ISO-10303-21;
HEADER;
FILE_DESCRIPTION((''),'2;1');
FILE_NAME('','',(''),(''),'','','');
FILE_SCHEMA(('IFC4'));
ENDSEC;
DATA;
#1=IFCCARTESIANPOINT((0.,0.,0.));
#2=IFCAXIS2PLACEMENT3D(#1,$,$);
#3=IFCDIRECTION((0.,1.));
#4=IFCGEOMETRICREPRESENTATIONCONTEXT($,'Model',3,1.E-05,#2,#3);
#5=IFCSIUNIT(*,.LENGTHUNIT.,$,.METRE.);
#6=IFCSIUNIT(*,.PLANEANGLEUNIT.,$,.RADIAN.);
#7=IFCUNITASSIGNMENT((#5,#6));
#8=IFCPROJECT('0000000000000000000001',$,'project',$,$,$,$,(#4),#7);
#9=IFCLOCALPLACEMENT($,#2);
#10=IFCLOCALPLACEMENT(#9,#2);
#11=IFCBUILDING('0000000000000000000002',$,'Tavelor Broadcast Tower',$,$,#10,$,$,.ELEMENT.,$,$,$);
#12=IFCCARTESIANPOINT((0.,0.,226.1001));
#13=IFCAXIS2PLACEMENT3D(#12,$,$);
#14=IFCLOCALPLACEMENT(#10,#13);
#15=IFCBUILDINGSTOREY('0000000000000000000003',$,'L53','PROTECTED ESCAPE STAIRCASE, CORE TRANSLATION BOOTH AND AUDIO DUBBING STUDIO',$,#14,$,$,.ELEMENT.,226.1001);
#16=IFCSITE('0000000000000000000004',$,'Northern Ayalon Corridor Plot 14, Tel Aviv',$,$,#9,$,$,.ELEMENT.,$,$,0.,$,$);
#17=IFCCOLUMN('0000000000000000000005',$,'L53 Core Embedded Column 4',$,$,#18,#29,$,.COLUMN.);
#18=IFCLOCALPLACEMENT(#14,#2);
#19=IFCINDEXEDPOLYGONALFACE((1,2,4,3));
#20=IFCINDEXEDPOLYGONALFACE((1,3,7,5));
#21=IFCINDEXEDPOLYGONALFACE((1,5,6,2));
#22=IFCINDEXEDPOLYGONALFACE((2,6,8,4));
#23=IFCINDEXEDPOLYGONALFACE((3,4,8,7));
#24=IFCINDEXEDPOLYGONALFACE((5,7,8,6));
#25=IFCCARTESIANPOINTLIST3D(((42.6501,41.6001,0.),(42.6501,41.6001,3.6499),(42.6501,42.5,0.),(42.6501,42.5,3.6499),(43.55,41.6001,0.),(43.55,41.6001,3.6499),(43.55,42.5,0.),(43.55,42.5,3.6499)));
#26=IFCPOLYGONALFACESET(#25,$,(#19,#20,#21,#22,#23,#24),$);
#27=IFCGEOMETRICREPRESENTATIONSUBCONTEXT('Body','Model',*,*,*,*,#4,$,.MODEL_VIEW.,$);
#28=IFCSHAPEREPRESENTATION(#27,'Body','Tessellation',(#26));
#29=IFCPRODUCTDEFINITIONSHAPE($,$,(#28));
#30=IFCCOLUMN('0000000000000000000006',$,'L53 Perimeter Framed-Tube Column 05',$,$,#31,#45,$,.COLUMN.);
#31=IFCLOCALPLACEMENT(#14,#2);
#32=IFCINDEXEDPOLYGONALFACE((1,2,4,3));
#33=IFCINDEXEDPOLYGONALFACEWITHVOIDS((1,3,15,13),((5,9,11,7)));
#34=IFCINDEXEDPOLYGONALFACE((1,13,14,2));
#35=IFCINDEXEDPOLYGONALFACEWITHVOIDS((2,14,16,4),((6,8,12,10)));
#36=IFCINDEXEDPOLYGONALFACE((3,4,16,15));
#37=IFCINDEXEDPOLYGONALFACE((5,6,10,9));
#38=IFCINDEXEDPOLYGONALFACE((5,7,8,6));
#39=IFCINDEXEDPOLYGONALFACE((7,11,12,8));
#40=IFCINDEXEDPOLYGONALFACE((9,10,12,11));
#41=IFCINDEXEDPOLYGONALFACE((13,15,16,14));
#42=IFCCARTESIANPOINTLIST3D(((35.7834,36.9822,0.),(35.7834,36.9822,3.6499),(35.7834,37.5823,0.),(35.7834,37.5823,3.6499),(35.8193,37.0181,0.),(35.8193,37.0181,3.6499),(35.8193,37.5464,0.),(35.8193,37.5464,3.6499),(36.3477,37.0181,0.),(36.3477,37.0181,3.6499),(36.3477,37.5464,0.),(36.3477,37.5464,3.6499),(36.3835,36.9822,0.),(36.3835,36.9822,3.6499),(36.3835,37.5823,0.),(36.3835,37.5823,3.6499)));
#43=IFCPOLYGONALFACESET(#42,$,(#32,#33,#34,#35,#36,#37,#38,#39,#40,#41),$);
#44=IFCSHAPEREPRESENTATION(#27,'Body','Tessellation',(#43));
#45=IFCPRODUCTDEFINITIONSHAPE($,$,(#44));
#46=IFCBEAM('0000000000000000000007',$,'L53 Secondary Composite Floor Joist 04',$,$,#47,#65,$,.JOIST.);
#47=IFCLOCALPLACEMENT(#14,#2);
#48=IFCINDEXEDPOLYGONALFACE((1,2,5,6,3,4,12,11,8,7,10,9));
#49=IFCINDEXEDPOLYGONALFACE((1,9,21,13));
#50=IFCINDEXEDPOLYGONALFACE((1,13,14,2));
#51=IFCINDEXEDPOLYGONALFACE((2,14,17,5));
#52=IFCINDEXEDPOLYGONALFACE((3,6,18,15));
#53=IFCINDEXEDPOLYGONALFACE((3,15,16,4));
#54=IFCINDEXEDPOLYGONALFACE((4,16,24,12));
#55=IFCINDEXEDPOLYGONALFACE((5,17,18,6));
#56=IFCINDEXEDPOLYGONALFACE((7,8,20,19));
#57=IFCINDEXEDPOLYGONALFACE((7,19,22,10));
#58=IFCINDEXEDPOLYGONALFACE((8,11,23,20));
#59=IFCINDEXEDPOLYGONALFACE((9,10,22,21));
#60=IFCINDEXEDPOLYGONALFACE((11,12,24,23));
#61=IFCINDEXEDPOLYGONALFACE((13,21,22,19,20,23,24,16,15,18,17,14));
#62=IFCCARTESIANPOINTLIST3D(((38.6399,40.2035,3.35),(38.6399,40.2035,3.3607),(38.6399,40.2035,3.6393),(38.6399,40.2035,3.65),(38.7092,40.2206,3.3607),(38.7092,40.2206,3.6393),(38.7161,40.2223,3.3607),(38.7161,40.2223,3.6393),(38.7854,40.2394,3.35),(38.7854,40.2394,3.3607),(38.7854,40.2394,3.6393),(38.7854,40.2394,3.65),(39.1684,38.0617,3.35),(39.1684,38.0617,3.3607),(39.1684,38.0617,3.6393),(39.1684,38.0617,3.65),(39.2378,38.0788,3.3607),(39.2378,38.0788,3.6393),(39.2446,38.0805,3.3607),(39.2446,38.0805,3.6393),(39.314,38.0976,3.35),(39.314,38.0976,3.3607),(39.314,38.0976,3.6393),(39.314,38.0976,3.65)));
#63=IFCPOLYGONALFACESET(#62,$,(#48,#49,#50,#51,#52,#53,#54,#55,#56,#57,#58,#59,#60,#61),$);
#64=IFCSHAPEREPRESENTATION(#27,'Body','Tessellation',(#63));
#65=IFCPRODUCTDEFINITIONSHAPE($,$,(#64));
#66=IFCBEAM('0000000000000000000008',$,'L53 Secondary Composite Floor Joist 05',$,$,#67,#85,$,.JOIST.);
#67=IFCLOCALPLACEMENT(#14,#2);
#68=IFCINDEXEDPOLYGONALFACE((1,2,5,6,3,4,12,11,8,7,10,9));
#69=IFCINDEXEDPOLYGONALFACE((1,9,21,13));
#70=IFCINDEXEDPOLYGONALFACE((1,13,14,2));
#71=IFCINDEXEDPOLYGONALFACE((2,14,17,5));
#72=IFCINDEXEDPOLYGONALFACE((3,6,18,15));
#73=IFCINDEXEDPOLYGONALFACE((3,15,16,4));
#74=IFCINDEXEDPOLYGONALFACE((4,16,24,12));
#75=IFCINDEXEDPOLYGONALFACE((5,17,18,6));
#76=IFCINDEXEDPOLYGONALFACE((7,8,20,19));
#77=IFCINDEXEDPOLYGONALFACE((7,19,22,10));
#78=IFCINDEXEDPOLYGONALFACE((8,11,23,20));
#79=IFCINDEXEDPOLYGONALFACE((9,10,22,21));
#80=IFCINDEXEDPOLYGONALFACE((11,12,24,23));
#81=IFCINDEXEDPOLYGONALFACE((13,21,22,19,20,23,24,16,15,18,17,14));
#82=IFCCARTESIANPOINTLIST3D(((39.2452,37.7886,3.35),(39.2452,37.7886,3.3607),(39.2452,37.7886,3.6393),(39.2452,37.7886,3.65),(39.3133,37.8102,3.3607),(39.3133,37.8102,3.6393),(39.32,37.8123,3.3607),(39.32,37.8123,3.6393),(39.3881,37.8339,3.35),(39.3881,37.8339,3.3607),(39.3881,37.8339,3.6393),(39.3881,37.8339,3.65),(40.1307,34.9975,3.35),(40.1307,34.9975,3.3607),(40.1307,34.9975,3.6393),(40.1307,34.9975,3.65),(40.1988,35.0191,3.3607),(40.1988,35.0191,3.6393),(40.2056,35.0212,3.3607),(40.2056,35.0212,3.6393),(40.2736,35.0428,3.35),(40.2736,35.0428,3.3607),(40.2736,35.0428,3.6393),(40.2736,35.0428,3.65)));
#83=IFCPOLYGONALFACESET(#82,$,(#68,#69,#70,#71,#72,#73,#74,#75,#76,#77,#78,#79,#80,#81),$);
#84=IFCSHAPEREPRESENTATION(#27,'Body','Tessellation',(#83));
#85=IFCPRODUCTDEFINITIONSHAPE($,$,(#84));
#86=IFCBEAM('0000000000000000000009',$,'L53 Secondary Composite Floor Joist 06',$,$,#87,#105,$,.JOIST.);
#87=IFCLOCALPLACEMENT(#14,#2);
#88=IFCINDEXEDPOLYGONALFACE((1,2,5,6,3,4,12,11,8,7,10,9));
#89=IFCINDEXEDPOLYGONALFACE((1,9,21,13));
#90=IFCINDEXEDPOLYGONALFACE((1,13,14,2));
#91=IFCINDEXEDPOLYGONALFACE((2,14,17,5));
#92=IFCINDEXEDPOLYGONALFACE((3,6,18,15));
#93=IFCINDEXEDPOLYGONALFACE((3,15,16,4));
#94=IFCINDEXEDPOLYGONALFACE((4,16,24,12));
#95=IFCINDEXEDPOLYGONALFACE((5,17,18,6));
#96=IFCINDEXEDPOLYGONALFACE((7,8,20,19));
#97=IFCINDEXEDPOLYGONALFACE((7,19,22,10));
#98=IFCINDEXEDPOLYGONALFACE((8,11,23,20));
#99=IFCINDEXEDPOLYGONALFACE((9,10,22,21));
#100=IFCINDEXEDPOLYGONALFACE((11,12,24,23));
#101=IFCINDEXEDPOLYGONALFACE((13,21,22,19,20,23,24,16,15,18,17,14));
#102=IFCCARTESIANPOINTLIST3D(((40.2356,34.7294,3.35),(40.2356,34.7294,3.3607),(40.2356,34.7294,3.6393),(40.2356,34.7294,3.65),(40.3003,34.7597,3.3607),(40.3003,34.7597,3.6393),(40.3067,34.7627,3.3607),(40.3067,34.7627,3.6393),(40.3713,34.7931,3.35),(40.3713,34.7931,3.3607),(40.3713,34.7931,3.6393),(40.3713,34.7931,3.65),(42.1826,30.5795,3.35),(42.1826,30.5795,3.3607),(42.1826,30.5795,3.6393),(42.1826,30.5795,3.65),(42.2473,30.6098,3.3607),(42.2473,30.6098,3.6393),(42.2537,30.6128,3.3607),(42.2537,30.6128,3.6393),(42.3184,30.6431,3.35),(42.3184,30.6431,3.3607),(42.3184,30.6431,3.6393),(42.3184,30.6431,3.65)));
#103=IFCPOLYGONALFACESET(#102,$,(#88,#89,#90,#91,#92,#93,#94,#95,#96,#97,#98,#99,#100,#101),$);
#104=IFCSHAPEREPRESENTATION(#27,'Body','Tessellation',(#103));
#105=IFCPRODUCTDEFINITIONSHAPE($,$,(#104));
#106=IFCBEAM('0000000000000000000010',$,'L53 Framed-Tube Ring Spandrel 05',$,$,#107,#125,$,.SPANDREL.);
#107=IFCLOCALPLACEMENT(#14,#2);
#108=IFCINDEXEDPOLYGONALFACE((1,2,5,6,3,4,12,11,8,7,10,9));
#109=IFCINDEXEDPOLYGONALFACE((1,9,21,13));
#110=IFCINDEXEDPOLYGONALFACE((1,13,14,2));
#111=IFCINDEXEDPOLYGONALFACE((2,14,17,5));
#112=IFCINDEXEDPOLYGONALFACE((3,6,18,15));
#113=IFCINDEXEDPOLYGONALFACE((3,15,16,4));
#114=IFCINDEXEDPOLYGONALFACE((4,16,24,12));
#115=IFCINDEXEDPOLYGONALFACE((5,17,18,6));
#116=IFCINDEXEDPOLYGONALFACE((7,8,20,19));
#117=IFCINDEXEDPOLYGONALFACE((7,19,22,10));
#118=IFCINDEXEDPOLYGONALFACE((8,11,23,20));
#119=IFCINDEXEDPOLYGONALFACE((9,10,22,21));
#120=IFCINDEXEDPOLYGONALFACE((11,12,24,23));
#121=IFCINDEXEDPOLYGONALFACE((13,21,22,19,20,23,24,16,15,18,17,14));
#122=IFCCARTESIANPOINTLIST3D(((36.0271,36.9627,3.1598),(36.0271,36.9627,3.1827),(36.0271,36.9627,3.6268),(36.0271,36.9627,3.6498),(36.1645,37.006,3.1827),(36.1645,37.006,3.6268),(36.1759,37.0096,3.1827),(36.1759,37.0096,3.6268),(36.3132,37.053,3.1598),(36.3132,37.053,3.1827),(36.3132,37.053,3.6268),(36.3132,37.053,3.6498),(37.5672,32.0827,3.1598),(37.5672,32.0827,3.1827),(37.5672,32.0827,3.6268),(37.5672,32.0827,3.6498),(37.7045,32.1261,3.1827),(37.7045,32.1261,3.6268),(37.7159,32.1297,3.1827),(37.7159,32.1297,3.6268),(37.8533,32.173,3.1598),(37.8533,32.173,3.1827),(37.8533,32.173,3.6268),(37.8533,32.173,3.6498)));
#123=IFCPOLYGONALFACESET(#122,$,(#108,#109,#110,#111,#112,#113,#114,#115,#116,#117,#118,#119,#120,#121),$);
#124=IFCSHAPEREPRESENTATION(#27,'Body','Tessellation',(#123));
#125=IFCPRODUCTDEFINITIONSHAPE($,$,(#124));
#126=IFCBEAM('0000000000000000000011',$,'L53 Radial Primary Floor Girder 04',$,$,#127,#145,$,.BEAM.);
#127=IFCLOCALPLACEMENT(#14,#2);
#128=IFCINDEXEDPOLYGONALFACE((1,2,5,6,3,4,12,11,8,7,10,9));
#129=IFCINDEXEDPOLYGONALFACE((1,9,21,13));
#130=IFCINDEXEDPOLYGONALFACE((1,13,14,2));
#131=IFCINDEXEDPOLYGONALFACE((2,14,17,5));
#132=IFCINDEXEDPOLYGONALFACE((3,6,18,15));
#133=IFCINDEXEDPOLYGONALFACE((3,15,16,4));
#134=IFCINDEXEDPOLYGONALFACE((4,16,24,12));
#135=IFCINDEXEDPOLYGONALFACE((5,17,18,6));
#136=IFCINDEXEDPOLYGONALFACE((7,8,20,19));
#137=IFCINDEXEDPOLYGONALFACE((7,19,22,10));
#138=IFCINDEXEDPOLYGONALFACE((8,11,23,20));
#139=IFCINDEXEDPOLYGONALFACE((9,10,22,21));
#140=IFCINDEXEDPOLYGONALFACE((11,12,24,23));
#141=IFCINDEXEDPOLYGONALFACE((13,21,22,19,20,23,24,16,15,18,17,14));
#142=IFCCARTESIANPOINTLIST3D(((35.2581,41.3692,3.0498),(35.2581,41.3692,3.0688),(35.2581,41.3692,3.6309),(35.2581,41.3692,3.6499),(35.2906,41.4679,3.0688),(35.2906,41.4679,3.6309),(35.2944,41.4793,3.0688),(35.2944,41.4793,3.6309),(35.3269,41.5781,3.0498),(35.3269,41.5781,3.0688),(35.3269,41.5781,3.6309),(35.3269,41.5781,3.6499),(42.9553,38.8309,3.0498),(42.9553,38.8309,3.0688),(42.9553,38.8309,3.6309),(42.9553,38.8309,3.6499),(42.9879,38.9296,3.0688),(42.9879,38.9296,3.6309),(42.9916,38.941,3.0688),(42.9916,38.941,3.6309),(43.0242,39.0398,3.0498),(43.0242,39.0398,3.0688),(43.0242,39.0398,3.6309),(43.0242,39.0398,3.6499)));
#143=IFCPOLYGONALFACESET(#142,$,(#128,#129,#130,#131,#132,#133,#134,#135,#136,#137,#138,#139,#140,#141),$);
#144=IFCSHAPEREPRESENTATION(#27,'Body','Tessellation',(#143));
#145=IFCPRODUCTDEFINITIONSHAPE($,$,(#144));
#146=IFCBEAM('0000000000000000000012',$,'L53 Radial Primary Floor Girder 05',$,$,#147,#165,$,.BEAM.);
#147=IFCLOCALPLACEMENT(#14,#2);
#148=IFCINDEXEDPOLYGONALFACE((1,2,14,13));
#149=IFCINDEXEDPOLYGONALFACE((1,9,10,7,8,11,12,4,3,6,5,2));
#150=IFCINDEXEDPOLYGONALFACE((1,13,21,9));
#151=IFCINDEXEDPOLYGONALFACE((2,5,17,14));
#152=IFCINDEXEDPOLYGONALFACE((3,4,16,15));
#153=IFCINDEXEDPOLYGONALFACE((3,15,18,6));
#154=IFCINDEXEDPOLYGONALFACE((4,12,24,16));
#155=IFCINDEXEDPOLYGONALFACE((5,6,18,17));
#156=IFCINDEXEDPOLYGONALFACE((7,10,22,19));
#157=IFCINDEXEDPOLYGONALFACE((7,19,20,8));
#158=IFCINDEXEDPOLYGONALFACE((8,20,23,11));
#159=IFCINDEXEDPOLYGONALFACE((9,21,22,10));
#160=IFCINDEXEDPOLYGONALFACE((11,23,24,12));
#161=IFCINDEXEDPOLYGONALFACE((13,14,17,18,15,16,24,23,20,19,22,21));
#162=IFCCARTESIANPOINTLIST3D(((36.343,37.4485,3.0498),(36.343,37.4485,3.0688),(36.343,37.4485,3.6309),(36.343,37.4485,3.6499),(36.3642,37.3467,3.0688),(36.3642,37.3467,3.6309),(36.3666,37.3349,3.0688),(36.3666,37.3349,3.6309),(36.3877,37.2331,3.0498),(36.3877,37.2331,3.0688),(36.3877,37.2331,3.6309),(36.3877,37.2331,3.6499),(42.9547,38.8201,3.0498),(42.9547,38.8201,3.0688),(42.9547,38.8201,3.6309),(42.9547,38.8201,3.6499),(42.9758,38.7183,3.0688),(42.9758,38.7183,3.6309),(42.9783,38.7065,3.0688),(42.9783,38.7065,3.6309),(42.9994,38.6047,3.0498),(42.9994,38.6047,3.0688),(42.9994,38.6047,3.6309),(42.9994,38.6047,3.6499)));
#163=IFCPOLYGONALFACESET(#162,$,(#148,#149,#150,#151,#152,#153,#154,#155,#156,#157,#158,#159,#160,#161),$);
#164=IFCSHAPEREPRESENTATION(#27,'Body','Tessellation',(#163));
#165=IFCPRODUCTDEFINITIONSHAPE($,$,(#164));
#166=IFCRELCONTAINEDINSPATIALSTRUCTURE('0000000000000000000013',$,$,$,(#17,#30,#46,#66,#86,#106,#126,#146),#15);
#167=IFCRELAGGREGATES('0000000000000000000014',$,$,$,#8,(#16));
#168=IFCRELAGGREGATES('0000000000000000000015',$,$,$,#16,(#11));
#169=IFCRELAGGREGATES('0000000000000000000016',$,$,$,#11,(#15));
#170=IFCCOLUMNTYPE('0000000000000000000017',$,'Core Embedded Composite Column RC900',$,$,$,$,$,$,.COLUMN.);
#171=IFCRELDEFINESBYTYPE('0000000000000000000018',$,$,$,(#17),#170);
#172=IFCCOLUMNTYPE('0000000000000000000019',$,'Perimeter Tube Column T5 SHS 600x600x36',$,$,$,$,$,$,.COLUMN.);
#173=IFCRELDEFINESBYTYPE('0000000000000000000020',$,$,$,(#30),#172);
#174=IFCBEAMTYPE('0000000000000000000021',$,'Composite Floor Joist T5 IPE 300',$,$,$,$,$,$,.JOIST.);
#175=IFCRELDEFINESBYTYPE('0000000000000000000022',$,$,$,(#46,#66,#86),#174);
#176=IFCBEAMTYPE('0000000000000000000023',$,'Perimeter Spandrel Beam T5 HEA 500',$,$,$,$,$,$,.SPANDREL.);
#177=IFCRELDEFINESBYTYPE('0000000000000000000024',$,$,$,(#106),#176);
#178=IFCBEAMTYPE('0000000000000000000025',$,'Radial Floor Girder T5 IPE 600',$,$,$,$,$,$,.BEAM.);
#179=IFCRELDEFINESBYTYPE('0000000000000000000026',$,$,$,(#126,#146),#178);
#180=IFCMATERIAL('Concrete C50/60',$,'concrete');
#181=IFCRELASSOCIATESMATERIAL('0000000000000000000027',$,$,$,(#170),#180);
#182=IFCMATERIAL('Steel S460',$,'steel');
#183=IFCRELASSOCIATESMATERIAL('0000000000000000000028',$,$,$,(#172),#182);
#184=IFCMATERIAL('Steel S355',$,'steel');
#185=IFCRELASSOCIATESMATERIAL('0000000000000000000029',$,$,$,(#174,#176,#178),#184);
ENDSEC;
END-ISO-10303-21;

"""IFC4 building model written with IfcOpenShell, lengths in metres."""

from ifc_helpers import new_model, si_unit, direction, frame, origin, origin_2d, place, context, subcontext, project, spatial, rectangle, hollow_rectangle, i_section, extrude, material, material_profile, profile_set, type_object, element, save


model = new_model("IFC4")

# Units and contexts
model_context = context("Model", 3, precision=1e-05, world=origin(), true_north=direction((0.0, 1.0)))
body_context = subcontext(model_context, "Body", "Model", "MODEL_VIEW")
ifc_project = project(units=[si_unit("LENGTHUNIT", "METRE"), si_unit("PLANEANGLEUNIT", "RADIAN")], contexts=[model_context])

# Site, building, storey
site_placement = place(None, origin())
site = spatial("IfcSite", under=ifc_project, at=site_placement, Name="Northern Ayalon Corridor Plot 14, Tel Aviv", CompositionType="ELEMENT", RefElevation=0.0)
building_placement = place(site_placement, origin())
building = spatial("IfcBuilding", under=site, at=building_placement, Name="Tavelor Broadcast Tower", CompositionType="ELEMENT")
storey_placement = place(building_placement, frame((0.0, 0.0, 226.1001)))
storey = spatial("IfcBuildingStorey", under=building, at=storey_placement, Name="L53", Description="PROTECTED ESCAPE STAIRCASE, CORE TRANSLATION BOOTH AND AUDIO DUBBING STUDIO", CompositionType="ELEMENT", Elevation=226.1001)

# Columns
ifc_material_1 = material(Name="Concrete C50/60", Category="concrete")
ifc_material_profile_1 = material_profile(ifc_material_1, rectangle(XDim=0.8999, YDim=0.8999, at=origin_2d()), Name="RC 900x900")
ifc_profile_set_1 = profile_set([ifc_material_profile_1], Name="Concrete C50/60")
column_type_1 = type_object("IfcColumnType", Name="Core Embedded Composite Column RC900", PredefinedType="COLUMN", material=ifc_profile_set_1)
column_1_placement = place(storey_placement, frame((43.1001, 42.05, 0.0), z_axis=(0.0, 0.0, 1.0), x_axis=(1.0, 0.0, 0.0)))
element("IfcColumn", 1, at=column_1_placement, inside=storey, type_object=column_type_1, Name="L53 Core Embedded Column 4", PredefinedType="COLUMN", context=body_context, shape_type="SweptSolid", body=[
    extrude(rectangle(XDim=0.8999, YDim=0.8999, at=origin_2d()), origin(), (0.0, 0.0, 1.0), 3.6499),
])
ifc_material_2 = material(Name="Steel S460", Category="steel")
ifc_material_profile_2 = material_profile(ifc_material_2, hollow_rectangle(XDim=0.6001, YDim=0.6001, WallThickness=0.0359, at=origin_2d()), Name="SHS 600x600x36")
ifc_profile_set_2 = profile_set([ifc_material_profile_2], Name="Steel S460")
column_type_2 = type_object("IfcColumnType", Name="Perimeter Tube Column T5 SHS 600x600x36", PredefinedType="COLUMN", material=ifc_profile_set_2)
column_2_placement = place(storey_placement, frame((36.0835, 37.2822, 0.0), z_axis=(0.0, 0.0, 1.0), x_axis=(1.0, 0.0, 0.0)))
element("IfcColumn", 2, at=column_2_placement, inside=storey, type_object=column_type_2, Name="L53 Perimeter Framed-Tube Column 05", PredefinedType="COLUMN", context=body_context, shape_type="SweptSolid", body=[
    extrude(hollow_rectangle(XDim=0.6001, YDim=0.6001, WallThickness=0.0359, at=origin_2d()), origin(), (0.0, 0.0, 1.0), 3.6499),
])

# Beams
ifc_material_3 = material(Name="Steel S355", Category="steel")
ifc_material_profile_3 = material_profile(ifc_material_3, i_section(OverallWidth=0.1499, OverallDepth=0.3, WebThickness=0.0071, FlangeThickness=0.0107, at=origin_2d()), Name="IPE 300")
ifc_profile_set_3 = profile_set([ifc_material_profile_3], Name="Steel S355")
beam_type_1 = type_object("IfcBeamType", Name="Composite Floor Joist T5 IPE 300", PredefinedType="JOIST", material=ifc_profile_set_3)
beam_1_placement = place(storey_placement, frame((38.7126, 40.2214, 3.5), z_axis=(0.239592, -0.970874, 0.0), x_axis=(0.970874, 0.239592, 0.0)))
element("IfcBeam", 3, at=beam_1_placement, inside=storey, type_object=beam_type_1, Name="L53 Secondary Composite Floor Joist 04", PredefinedType="JOIST", context=body_context, shape_type="SweptSolid", body=[
    extrude(i_section(OverallWidth=0.1499, OverallDepth=0.3, WebThickness=0.0071, FlangeThickness=0.0107, at=origin_2d()), origin(), (0.0, 0.0, 1.0), 2.2061),
])
beam_2_placement = place(storey_placement, frame((39.3167, 37.8113, 3.5), z_axis=(0.302412, -0.953177, 0.0), x_axis=(0.953177, 0.302412, 0.0)))
element("IfcBeam", 4, at=beam_2_placement, inside=storey, type_object=beam_type_1, Name="L53 Secondary Composite Floor Joist 05", PredefinedType="JOIST", context=body_context, shape_type="SweptSolid", body=[
    extrude(i_section(OverallWidth=0.1499, OverallDepth=0.3, WebThickness=0.0071, FlangeThickness=0.0107, at=origin_2d()), origin(), (0.0, 0.0, 1.0), 2.9282),
])
beam_3_placement = place(storey_placement, frame((40.3035, 34.7612, 3.5), z_axis=(0.424748, -0.905312, 0.0), x_axis=(0.905312, 0.424748, 0.0)))
element("IfcBeam", 5, at=beam_3_placement, inside=storey, type_object=beam_type_1, Name="L53 Secondary Composite Floor Joist 06", PredefinedType="JOIST", context=body_context, shape_type="SweptSolid", body=[
    extrude(i_section(OverallWidth=0.1499, OverallDepth=0.3, WebThickness=0.0071, FlangeThickness=0.0107, at=origin_2d()), origin(), (0.0, 0.0, 1.0), 4.584),
])
ifc_material_profile_4 = material_profile(ifc_material_3, i_section(OverallWidth=0.3, OverallDepth=0.49, WebThickness=0.012, FlangeThickness=0.0229, at=origin_2d()), Name="HEA 500")
ifc_profile_set_4 = profile_set([ifc_material_profile_4], Name="Steel S355")
beam_type_2 = type_object("IfcBeamType", Name="Perimeter Spandrel Beam T5 HEA 500", PredefinedType="SPANDREL", material=ifc_profile_set_4)
beam_4_placement = place(storey_placement, frame((36.1702, 37.0078, 3.4048), z_axis=(0.300958, -0.953637, 0.0), x_axis=(0.953637, 0.300958, 0.0)))
element("IfcBeam", 6, at=beam_4_placement, inside=storey, type_object=beam_type_2, Name="L53 Framed-Tube Ring Spandrel 05", PredefinedType="SPANDREL", context=body_context, shape_type="SweptSolid", body=[
    extrude(i_section(OverallWidth=0.3, OverallDepth=0.49, WebThickness=0.012, FlangeThickness=0.0229, at=origin_2d()), origin(), (0.0, 0.0, 1.0), 5.1172),
])
ifc_material_profile_5 = material_profile(ifc_material_3, i_section(OverallWidth=0.22, OverallDepth=0.6001, WebThickness=0.012, FlangeThickness=0.019, at=origin_2d()), Name="IPE 600")
ifc_profile_set_5 = profile_set([ifc_material_profile_5], Name="Steel S355")
beam_type_3 = type_object("IfcBeamType", Name="Radial Floor Girder T5 IPE 600", PredefinedType="BEAM", material=ifc_profile_set_5)
beam_5_placement = place(storey_placement, frame((42.9897, 38.9353, 3.3499), z_axis=(-0.949694, 0.313181, 0.0), x_axis=(-0.313181, -0.949694, 0.0)))
element("IfcBeam", 7, at=beam_5_placement, inside=storey, type_object=beam_type_3, Name="L53 Radial Primary Floor Girder 04", PredefinedType="BEAM", context=body_context, shape_type="SweptSolid", body=[
    extrude(i_section(OverallWidth=0.22, OverallDepth=0.6001, WebThickness=0.012, FlangeThickness=0.019, at=origin_2d()), origin(), (0.0, 0.0, 1.0), 8.105),
])
beam_6_placement = place(storey_placement, frame((42.9771, 38.7124, 3.3499), z_axis=(-0.979152, -0.203127, 0.0), x_axis=(0.203127, -0.979152, 0.0)))
element("IfcBeam", 8, at=beam_6_placement, inside=storey, type_object=beam_type_3, Name="L53 Radial Primary Floor Girder 05", PredefinedType="BEAM", context=body_context, shape_type="SweptSolid", body=[
    extrude(i_section(OverallWidth=0.22, OverallDepth=0.6001, WebThickness=0.012, FlangeThickness=0.019, at=origin_2d()), origin(), (0.0, 0.0, 1.0), 6.7524),
])

save(model, "model.ifc")
